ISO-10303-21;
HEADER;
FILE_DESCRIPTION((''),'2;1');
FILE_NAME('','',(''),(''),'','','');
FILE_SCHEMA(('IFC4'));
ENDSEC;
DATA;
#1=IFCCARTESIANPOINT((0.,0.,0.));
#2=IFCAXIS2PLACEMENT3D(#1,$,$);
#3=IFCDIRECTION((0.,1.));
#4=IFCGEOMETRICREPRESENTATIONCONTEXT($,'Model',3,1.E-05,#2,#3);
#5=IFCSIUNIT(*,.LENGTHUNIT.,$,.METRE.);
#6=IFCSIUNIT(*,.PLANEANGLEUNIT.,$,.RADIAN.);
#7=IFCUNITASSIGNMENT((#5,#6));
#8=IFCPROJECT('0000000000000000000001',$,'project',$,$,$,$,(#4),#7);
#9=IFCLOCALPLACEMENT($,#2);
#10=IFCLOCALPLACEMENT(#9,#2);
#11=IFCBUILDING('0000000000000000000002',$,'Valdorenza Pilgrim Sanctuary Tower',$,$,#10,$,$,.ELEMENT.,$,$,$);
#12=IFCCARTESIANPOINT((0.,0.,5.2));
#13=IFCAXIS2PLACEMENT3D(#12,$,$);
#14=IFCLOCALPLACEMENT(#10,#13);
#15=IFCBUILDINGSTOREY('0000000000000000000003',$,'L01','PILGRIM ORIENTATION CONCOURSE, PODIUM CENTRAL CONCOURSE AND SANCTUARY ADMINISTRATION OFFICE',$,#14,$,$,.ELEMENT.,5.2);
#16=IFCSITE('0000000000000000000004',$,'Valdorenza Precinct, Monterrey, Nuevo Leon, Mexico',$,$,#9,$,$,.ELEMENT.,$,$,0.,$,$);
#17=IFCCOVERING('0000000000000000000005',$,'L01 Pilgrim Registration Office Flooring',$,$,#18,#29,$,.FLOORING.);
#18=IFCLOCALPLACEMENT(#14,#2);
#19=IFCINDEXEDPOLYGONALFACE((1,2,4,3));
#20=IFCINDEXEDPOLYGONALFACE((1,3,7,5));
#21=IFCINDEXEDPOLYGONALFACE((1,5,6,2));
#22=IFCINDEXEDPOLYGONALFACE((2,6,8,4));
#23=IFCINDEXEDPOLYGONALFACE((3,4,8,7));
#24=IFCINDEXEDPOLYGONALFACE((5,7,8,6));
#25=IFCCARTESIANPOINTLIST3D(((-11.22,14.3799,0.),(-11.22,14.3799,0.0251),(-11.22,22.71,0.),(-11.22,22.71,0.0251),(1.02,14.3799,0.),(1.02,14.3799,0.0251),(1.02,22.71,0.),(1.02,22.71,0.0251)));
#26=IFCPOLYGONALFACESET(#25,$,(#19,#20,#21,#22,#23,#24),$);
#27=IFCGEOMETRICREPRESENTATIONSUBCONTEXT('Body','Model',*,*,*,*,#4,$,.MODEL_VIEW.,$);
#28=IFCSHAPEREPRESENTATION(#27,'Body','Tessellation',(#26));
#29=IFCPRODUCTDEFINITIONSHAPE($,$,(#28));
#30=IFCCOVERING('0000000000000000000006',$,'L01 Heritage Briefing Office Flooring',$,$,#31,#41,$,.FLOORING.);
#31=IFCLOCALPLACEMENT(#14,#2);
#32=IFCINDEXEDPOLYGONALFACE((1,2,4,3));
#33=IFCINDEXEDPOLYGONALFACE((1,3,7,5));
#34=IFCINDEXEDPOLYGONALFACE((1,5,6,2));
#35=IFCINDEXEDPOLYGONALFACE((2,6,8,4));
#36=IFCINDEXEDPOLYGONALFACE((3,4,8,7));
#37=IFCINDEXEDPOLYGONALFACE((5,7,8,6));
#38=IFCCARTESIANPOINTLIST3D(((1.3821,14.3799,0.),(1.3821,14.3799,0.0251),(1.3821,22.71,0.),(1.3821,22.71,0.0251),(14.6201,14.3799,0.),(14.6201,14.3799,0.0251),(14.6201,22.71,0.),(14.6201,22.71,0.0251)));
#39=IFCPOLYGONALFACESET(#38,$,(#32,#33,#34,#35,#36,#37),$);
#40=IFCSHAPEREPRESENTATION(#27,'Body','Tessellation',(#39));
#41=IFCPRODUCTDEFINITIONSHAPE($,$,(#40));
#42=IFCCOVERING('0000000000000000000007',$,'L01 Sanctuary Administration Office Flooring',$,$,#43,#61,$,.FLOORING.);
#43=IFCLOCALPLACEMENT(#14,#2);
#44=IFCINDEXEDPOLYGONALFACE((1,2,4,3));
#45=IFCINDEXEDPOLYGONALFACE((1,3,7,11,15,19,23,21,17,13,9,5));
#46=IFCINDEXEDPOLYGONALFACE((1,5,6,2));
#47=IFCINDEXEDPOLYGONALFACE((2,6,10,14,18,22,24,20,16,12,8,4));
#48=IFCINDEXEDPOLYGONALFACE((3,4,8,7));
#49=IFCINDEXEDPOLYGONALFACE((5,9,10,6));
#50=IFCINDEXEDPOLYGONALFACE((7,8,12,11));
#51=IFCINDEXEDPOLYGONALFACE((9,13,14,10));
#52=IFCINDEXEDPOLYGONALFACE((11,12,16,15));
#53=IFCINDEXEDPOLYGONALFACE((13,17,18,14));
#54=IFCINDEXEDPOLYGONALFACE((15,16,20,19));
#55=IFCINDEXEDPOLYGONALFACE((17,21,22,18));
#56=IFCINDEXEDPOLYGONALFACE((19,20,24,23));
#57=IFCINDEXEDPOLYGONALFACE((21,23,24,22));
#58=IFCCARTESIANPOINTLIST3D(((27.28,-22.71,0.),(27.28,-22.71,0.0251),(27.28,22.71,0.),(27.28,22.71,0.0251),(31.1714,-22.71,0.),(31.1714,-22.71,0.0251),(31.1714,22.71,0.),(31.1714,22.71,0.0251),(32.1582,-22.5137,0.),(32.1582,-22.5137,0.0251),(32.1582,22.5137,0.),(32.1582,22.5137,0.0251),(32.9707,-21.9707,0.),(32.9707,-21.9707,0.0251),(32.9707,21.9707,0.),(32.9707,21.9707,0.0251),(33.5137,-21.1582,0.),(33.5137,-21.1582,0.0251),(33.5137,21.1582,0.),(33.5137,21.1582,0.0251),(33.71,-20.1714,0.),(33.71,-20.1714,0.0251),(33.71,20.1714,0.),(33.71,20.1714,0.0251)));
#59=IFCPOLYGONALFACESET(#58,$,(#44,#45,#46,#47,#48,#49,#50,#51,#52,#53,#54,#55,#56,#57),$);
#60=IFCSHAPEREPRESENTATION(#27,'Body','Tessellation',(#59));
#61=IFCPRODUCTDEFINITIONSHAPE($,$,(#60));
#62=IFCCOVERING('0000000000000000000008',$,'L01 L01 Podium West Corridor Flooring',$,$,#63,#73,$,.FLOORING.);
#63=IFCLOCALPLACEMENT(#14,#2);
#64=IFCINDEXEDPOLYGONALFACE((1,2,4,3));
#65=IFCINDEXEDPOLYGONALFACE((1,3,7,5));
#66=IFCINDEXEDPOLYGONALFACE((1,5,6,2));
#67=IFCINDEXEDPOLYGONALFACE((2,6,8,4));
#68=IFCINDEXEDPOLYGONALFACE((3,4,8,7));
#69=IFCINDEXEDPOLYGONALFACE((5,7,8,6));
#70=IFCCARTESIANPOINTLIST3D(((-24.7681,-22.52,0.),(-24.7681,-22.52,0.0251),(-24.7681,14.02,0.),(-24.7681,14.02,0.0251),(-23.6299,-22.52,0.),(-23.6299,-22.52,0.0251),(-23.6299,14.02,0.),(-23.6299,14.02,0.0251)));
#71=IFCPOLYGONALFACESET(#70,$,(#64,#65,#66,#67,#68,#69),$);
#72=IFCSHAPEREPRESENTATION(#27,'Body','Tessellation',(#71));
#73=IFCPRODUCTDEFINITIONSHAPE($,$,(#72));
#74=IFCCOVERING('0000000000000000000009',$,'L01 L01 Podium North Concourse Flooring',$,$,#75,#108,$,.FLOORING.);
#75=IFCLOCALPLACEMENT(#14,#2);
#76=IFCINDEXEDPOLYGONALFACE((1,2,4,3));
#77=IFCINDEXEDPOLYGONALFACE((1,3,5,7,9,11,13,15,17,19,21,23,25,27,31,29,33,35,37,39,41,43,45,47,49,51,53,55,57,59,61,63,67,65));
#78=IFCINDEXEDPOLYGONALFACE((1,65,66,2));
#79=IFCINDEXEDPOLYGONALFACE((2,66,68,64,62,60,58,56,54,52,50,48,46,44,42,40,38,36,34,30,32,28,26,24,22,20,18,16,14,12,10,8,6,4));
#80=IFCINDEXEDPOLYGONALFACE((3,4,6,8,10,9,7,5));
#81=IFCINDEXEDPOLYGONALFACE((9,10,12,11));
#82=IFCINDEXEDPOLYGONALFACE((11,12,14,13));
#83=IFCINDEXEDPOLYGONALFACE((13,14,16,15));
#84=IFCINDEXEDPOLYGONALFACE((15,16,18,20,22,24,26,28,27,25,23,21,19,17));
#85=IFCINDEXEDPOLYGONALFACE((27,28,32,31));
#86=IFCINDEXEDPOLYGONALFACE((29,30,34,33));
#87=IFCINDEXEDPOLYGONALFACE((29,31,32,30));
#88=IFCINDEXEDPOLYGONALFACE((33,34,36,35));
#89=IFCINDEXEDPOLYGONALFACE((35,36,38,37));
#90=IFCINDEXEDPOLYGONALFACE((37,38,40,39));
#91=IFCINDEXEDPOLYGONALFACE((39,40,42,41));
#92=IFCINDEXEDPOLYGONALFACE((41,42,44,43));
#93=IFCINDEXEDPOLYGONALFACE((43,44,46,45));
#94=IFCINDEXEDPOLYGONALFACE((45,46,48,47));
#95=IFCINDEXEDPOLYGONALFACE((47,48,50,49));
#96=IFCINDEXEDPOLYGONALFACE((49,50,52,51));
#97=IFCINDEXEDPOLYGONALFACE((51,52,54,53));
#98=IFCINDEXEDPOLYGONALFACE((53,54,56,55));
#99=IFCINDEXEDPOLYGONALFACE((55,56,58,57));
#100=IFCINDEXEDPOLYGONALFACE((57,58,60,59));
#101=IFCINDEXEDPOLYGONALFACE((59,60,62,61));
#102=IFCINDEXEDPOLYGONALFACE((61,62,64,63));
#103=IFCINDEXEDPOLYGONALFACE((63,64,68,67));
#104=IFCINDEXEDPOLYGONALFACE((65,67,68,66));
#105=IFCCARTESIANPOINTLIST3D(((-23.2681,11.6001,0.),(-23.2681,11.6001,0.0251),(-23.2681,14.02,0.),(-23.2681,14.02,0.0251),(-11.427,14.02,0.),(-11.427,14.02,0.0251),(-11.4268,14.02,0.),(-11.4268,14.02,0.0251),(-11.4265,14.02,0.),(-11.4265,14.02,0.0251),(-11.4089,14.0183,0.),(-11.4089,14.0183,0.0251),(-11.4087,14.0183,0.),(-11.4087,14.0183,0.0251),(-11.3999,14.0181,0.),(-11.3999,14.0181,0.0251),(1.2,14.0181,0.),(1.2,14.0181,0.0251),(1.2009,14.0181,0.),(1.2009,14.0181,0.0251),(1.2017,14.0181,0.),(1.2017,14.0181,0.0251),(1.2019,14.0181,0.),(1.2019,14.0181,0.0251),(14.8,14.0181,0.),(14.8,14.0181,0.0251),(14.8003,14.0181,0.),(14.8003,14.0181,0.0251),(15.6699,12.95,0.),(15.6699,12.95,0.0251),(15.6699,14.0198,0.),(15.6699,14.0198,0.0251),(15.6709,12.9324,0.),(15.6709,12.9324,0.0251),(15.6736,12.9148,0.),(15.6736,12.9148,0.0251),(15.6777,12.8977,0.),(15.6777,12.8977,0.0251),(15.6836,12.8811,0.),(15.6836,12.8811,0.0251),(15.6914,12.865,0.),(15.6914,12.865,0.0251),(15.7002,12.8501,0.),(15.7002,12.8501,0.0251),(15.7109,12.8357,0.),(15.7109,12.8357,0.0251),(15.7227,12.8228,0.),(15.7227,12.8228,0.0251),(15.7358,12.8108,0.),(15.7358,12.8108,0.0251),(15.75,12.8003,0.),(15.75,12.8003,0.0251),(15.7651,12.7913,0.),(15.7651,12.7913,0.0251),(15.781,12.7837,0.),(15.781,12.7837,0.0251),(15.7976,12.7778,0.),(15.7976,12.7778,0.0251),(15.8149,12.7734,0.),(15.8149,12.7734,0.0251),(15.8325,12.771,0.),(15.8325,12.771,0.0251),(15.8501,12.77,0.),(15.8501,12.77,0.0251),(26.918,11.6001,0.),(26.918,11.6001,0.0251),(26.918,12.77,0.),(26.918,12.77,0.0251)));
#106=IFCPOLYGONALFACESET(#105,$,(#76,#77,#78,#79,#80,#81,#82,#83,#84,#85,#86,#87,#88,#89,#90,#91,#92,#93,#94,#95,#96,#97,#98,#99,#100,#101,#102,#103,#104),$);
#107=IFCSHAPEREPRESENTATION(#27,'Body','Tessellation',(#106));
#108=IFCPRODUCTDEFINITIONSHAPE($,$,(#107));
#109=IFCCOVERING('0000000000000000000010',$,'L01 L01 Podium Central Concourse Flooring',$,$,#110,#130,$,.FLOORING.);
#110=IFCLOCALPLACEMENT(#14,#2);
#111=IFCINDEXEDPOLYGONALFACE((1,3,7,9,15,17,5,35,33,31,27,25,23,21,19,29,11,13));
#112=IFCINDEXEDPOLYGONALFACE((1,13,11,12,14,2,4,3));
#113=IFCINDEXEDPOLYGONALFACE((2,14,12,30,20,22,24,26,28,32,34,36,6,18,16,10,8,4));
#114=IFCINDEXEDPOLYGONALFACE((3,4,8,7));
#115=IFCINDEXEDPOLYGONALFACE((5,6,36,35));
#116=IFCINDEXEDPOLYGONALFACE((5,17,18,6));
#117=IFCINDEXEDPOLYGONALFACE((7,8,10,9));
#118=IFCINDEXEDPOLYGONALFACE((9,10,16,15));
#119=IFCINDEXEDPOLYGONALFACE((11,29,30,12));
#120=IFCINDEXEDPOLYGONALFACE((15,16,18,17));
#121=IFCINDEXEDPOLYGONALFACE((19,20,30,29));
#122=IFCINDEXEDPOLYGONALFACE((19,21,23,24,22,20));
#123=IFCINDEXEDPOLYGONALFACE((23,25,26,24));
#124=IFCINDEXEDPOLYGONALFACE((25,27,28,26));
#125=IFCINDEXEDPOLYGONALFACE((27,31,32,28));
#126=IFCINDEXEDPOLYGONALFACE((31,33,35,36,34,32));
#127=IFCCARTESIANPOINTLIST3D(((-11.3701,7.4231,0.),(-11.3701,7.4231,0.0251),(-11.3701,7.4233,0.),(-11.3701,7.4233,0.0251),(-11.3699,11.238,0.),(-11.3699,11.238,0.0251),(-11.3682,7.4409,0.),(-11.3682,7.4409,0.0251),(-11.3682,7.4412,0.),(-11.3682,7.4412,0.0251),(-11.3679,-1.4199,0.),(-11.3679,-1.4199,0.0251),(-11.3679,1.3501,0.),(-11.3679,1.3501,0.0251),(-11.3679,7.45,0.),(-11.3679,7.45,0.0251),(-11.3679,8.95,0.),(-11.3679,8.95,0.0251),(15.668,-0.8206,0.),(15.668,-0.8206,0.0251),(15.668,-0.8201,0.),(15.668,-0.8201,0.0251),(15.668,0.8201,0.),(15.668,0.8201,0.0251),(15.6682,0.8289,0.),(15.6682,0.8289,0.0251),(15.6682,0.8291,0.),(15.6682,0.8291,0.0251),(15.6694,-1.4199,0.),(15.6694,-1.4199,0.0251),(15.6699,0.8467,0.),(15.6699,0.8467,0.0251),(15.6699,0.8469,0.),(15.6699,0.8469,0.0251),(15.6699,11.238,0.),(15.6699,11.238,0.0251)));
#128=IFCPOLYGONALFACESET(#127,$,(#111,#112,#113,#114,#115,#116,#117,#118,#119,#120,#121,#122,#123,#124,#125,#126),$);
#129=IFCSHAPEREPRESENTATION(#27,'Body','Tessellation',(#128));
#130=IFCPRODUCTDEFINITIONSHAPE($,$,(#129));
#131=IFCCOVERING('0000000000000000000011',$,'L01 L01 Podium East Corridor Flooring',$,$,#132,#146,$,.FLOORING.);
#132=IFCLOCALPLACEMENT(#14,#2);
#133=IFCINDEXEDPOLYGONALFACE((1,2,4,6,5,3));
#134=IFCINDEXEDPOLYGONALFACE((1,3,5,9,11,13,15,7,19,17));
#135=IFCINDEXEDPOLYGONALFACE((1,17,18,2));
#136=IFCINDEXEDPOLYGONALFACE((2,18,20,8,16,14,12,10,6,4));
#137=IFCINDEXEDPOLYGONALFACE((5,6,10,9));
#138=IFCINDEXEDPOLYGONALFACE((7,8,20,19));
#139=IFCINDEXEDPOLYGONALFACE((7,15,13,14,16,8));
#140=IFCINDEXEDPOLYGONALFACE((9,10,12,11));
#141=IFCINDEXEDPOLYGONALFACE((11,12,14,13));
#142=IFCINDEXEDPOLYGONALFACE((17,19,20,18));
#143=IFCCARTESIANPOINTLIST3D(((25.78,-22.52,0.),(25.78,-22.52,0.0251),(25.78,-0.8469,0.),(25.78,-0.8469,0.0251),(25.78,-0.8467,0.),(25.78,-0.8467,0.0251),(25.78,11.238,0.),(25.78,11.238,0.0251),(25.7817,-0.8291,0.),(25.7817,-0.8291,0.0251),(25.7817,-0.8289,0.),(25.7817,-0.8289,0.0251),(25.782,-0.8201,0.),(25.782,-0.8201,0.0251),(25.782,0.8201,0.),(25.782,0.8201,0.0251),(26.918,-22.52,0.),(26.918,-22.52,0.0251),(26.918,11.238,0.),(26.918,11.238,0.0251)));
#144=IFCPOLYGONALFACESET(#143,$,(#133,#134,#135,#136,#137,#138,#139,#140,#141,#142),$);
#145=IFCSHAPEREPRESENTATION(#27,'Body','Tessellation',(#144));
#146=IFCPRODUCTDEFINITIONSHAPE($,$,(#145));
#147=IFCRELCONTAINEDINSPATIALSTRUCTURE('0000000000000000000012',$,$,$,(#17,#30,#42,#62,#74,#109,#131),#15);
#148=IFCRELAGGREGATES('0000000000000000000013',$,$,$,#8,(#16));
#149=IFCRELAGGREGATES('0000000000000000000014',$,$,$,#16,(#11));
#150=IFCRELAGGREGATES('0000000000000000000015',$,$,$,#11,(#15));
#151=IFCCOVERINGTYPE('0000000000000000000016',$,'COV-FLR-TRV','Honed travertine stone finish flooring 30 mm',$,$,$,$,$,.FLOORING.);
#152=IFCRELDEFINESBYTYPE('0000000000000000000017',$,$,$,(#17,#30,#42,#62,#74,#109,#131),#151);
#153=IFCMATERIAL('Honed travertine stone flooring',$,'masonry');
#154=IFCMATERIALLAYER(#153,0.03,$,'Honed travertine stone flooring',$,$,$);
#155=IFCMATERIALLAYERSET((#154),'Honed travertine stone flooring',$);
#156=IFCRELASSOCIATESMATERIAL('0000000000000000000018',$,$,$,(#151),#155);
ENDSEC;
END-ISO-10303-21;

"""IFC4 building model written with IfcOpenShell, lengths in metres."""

from ifc_helpers import new_model, si_unit, direction, frame, origin, place, context, subcontext, project, spatial, polyline, outline, extrude, material, layer, layer_set, type_object, element, save


model = new_model("IFC4")

# Units and contexts
model_context = context("Model", 3, precision=1e-05, world=origin(), true_north=direction((0.0, 1.0)))
body_context = subcontext(model_context, "Body", "Model", "MODEL_VIEW")
ifc_project = project(units=[si_unit("LENGTHUNIT", "METRE"), si_unit("PLANEANGLEUNIT", "RADIAN")], contexts=[model_context])

# Site, building, storey
site_placement = place(None, origin())
site = spatial("IfcSite", under=ifc_project, at=site_placement, Name="Valdorenza Precinct, Monterrey, Nuevo Leon, Mexico", CompositionType="ELEMENT", RefElevation=0.0)
building_placement = place(site_placement, origin())
building = spatial("IfcBuilding", under=site, at=building_placement, Name="Valdorenza Pilgrim Sanctuary Tower", CompositionType="ELEMENT")
storey_placement = place(building_placement, frame((0.0, 0.0, 5.2)))
storey = spatial("IfcBuildingStorey", under=building, at=storey_placement, Name="L01", Description="PILGRIM ORIENTATION CONCOURSE, PODIUM CENTRAL CONCOURSE AND SANCTUARY ADMINISTRATION OFFICE", CompositionType="ELEMENT", Elevation=5.2)

# Coverings
ifc_material_1 = material(Name="Honed travertine stone flooring", Category="masonry")
ifc_layer_1 = layer(ifc_material_1, 0.03, Name="Honed travertine stone flooring")
ifc_layer_set_1 = layer_set([ifc_layer_1], Name="Honed travertine stone flooring")
covering_type_1 = type_object("IfcCoveringType", Name="COV-FLR-TRV", Description="Honed travertine stone finish flooring 30 mm", PredefinedType="FLOORING", material=ifc_layer_set_1)
covering_1_placement = place(storey_placement, origin())
element("IfcCovering", 1, at=covering_1_placement, inside=storey, type_object=covering_type_1, Name="L01 Pilgrim Registration Office Flooring", PredefinedType="FLOORING", context=body_context, shape_type="SweptSolid", body=[
    extrude(outline(polyline([(-11.22, 14.3799), (-11.22, 22.71), (1.02, 22.71), (1.02, 14.3799), (-11.22, 14.3799)])), origin(), (0.0, 0.0, 1.0), 0.0251),
])
covering_2_placement = place(storey_placement, origin())
element("IfcCovering", 2, at=covering_2_placement, inside=storey, type_object=covering_type_1, Name="L01 Heritage Briefing Office Flooring", PredefinedType="FLOORING", context=body_context, shape_type="SweptSolid", body=[
    extrude(outline(polyline([(1.3821, 14.3799), (1.3821, 22.71), (14.6201, 22.71), (14.6201, 14.3799), (1.3821, 14.3799)])), origin(), (0.0, 0.0, 1.0), 0.0251),
])
covering_3_placement = place(storey_placement, origin())
element("IfcCovering", 3, at=covering_3_placement, inside=storey, type_object=covering_type_1, Name="L01 Sanctuary Administration Office Flooring", PredefinedType="FLOORING", context=body_context, shape_type="SweptSolid", body=[
    extrude(outline(polyline([(31.1714, 22.71), (32.1582, 22.5137), (32.9707, 21.9707), (33.5137, 21.1582), (33.71, 20.1714), (33.71, -20.1714), (33.5137, -21.1582), (32.9707, -21.9707), (32.1582, -22.5137), (31.1714, -22.71), (27.28, -22.71), (27.28, 22.71), (31.1714, 22.71)])), origin(), (0.0, 0.0, 1.0), 0.0251),
])
covering_4_placement = place(storey_placement, origin())
element("IfcCovering", 4, at=covering_4_placement, inside=storey, type_object=covering_type_1, Name="L01 L01 Podium West Corridor Flooring", PredefinedType="FLOORING", context=body_context, shape_type="SweptSolid", body=[
    extrude(outline(polyline([(-23.6299, 14.02), (-23.6299, -22.52), (-24.7681, -22.52), (-24.7681, 14.02), (-23.6299, 14.02)])), origin(), (0.0, 0.0, 1.0), 0.0251),
])
covering_5_placement = place(storey_placement, origin())
element("IfcCovering", 5, at=covering_5_placement, inside=storey, type_object=covering_type_1, Name="L01 L01 Podium North Concourse Flooring", PredefinedType="FLOORING", context=body_context, shape_type="SweptSolid", body=[
    extrude(outline(polyline([(-23.2681, 11.6001), (-23.2681, 14.02), (-11.427, 14.02), (-11.4268, 14.02), (-11.4265, 14.02), (-11.4089, 14.0183), (-11.4087, 14.0183), (-11.3999, 14.0181), (1.2, 14.0181), (1.2009, 14.0181), (1.2017, 14.0181), (1.2019, 14.0181), (14.8, 14.0181), (14.8003, 14.0181), (15.6699, 14.0198), (15.6699, 12.95), (15.6709, 12.9324), (15.6736, 12.9148), (15.6777, 12.8977), (15.6836, 12.8811), (15.6914, 12.865), (15.7002, 12.8501), (15.7109, 12.8357), (15.7227, 12.8228), (15.7358, 12.8108), (15.75, 12.8003), (15.7651, 12.7913), (15.781, 12.7837), (15.7976, 12.7778), (15.8149, 12.7734), (15.8325, 12.771), (15.8501, 12.77), (26.918, 12.77), (26.918, 11.6001), (-23.2681, 11.6001)])), origin(), (0.0, 0.0, 1.0), 0.0251),
])
covering_6_placement = place(storey_placement, origin())
element("IfcCovering", 6, at=covering_6_placement, inside=storey, type_object=covering_type_1, Name="L01 L01 Podium Central Concourse Flooring", PredefinedType="FLOORING", context=body_context, shape_type="SweptSolid", body=[
    extrude(outline(polyline([(-11.3679, -1.4199), (-11.3679, -1.4199), (-11.3679, 1.3501), (-11.3701, 7.4231), (-11.3701, 7.4231), (-11.3701, 7.4233), (-11.3682, 7.4409), (-11.3682, 7.4412), (-11.3679, 7.45), (-11.3679, 8.95), (-11.3699, 11.238), (15.6699, 11.238), (15.6699, 0.8469), (15.6699, 0.8467), (15.6699, 0.8467), (15.6682, 0.8291), (15.6682, 0.8289), (15.668, 0.8201), (15.668, -0.8201), (15.668, -0.8206), (15.6694, -1.4199), (-11.3679, -1.4199)])), origin(), (0.0, 0.0, 1.0), 0.0251),
])
covering_7_placement = place(storey_placement, origin())
element("IfcCovering", 7, at=covering_7_placement, inside=storey, type_object=covering_type_1, Name="L01 L01 Podium East Corridor Flooring", PredefinedType="FLOORING", context=body_context, shape_type="SweptSolid", body=[
    extrude(outline(polyline([(25.78, -22.52), (25.78, -0.8469), (25.78, -0.8467), (25.78, -0.8467), (25.7817, -0.8291), (25.7817, -0.8289), (25.782, -0.8201), (25.782, 0.8201), (25.78, 11.238), (26.918, 11.238), (26.918, -22.52), (25.78, -22.52)])), origin(), (0.0, 0.0, 1.0), 0.0251),
])

save(model, "model.ifc")
